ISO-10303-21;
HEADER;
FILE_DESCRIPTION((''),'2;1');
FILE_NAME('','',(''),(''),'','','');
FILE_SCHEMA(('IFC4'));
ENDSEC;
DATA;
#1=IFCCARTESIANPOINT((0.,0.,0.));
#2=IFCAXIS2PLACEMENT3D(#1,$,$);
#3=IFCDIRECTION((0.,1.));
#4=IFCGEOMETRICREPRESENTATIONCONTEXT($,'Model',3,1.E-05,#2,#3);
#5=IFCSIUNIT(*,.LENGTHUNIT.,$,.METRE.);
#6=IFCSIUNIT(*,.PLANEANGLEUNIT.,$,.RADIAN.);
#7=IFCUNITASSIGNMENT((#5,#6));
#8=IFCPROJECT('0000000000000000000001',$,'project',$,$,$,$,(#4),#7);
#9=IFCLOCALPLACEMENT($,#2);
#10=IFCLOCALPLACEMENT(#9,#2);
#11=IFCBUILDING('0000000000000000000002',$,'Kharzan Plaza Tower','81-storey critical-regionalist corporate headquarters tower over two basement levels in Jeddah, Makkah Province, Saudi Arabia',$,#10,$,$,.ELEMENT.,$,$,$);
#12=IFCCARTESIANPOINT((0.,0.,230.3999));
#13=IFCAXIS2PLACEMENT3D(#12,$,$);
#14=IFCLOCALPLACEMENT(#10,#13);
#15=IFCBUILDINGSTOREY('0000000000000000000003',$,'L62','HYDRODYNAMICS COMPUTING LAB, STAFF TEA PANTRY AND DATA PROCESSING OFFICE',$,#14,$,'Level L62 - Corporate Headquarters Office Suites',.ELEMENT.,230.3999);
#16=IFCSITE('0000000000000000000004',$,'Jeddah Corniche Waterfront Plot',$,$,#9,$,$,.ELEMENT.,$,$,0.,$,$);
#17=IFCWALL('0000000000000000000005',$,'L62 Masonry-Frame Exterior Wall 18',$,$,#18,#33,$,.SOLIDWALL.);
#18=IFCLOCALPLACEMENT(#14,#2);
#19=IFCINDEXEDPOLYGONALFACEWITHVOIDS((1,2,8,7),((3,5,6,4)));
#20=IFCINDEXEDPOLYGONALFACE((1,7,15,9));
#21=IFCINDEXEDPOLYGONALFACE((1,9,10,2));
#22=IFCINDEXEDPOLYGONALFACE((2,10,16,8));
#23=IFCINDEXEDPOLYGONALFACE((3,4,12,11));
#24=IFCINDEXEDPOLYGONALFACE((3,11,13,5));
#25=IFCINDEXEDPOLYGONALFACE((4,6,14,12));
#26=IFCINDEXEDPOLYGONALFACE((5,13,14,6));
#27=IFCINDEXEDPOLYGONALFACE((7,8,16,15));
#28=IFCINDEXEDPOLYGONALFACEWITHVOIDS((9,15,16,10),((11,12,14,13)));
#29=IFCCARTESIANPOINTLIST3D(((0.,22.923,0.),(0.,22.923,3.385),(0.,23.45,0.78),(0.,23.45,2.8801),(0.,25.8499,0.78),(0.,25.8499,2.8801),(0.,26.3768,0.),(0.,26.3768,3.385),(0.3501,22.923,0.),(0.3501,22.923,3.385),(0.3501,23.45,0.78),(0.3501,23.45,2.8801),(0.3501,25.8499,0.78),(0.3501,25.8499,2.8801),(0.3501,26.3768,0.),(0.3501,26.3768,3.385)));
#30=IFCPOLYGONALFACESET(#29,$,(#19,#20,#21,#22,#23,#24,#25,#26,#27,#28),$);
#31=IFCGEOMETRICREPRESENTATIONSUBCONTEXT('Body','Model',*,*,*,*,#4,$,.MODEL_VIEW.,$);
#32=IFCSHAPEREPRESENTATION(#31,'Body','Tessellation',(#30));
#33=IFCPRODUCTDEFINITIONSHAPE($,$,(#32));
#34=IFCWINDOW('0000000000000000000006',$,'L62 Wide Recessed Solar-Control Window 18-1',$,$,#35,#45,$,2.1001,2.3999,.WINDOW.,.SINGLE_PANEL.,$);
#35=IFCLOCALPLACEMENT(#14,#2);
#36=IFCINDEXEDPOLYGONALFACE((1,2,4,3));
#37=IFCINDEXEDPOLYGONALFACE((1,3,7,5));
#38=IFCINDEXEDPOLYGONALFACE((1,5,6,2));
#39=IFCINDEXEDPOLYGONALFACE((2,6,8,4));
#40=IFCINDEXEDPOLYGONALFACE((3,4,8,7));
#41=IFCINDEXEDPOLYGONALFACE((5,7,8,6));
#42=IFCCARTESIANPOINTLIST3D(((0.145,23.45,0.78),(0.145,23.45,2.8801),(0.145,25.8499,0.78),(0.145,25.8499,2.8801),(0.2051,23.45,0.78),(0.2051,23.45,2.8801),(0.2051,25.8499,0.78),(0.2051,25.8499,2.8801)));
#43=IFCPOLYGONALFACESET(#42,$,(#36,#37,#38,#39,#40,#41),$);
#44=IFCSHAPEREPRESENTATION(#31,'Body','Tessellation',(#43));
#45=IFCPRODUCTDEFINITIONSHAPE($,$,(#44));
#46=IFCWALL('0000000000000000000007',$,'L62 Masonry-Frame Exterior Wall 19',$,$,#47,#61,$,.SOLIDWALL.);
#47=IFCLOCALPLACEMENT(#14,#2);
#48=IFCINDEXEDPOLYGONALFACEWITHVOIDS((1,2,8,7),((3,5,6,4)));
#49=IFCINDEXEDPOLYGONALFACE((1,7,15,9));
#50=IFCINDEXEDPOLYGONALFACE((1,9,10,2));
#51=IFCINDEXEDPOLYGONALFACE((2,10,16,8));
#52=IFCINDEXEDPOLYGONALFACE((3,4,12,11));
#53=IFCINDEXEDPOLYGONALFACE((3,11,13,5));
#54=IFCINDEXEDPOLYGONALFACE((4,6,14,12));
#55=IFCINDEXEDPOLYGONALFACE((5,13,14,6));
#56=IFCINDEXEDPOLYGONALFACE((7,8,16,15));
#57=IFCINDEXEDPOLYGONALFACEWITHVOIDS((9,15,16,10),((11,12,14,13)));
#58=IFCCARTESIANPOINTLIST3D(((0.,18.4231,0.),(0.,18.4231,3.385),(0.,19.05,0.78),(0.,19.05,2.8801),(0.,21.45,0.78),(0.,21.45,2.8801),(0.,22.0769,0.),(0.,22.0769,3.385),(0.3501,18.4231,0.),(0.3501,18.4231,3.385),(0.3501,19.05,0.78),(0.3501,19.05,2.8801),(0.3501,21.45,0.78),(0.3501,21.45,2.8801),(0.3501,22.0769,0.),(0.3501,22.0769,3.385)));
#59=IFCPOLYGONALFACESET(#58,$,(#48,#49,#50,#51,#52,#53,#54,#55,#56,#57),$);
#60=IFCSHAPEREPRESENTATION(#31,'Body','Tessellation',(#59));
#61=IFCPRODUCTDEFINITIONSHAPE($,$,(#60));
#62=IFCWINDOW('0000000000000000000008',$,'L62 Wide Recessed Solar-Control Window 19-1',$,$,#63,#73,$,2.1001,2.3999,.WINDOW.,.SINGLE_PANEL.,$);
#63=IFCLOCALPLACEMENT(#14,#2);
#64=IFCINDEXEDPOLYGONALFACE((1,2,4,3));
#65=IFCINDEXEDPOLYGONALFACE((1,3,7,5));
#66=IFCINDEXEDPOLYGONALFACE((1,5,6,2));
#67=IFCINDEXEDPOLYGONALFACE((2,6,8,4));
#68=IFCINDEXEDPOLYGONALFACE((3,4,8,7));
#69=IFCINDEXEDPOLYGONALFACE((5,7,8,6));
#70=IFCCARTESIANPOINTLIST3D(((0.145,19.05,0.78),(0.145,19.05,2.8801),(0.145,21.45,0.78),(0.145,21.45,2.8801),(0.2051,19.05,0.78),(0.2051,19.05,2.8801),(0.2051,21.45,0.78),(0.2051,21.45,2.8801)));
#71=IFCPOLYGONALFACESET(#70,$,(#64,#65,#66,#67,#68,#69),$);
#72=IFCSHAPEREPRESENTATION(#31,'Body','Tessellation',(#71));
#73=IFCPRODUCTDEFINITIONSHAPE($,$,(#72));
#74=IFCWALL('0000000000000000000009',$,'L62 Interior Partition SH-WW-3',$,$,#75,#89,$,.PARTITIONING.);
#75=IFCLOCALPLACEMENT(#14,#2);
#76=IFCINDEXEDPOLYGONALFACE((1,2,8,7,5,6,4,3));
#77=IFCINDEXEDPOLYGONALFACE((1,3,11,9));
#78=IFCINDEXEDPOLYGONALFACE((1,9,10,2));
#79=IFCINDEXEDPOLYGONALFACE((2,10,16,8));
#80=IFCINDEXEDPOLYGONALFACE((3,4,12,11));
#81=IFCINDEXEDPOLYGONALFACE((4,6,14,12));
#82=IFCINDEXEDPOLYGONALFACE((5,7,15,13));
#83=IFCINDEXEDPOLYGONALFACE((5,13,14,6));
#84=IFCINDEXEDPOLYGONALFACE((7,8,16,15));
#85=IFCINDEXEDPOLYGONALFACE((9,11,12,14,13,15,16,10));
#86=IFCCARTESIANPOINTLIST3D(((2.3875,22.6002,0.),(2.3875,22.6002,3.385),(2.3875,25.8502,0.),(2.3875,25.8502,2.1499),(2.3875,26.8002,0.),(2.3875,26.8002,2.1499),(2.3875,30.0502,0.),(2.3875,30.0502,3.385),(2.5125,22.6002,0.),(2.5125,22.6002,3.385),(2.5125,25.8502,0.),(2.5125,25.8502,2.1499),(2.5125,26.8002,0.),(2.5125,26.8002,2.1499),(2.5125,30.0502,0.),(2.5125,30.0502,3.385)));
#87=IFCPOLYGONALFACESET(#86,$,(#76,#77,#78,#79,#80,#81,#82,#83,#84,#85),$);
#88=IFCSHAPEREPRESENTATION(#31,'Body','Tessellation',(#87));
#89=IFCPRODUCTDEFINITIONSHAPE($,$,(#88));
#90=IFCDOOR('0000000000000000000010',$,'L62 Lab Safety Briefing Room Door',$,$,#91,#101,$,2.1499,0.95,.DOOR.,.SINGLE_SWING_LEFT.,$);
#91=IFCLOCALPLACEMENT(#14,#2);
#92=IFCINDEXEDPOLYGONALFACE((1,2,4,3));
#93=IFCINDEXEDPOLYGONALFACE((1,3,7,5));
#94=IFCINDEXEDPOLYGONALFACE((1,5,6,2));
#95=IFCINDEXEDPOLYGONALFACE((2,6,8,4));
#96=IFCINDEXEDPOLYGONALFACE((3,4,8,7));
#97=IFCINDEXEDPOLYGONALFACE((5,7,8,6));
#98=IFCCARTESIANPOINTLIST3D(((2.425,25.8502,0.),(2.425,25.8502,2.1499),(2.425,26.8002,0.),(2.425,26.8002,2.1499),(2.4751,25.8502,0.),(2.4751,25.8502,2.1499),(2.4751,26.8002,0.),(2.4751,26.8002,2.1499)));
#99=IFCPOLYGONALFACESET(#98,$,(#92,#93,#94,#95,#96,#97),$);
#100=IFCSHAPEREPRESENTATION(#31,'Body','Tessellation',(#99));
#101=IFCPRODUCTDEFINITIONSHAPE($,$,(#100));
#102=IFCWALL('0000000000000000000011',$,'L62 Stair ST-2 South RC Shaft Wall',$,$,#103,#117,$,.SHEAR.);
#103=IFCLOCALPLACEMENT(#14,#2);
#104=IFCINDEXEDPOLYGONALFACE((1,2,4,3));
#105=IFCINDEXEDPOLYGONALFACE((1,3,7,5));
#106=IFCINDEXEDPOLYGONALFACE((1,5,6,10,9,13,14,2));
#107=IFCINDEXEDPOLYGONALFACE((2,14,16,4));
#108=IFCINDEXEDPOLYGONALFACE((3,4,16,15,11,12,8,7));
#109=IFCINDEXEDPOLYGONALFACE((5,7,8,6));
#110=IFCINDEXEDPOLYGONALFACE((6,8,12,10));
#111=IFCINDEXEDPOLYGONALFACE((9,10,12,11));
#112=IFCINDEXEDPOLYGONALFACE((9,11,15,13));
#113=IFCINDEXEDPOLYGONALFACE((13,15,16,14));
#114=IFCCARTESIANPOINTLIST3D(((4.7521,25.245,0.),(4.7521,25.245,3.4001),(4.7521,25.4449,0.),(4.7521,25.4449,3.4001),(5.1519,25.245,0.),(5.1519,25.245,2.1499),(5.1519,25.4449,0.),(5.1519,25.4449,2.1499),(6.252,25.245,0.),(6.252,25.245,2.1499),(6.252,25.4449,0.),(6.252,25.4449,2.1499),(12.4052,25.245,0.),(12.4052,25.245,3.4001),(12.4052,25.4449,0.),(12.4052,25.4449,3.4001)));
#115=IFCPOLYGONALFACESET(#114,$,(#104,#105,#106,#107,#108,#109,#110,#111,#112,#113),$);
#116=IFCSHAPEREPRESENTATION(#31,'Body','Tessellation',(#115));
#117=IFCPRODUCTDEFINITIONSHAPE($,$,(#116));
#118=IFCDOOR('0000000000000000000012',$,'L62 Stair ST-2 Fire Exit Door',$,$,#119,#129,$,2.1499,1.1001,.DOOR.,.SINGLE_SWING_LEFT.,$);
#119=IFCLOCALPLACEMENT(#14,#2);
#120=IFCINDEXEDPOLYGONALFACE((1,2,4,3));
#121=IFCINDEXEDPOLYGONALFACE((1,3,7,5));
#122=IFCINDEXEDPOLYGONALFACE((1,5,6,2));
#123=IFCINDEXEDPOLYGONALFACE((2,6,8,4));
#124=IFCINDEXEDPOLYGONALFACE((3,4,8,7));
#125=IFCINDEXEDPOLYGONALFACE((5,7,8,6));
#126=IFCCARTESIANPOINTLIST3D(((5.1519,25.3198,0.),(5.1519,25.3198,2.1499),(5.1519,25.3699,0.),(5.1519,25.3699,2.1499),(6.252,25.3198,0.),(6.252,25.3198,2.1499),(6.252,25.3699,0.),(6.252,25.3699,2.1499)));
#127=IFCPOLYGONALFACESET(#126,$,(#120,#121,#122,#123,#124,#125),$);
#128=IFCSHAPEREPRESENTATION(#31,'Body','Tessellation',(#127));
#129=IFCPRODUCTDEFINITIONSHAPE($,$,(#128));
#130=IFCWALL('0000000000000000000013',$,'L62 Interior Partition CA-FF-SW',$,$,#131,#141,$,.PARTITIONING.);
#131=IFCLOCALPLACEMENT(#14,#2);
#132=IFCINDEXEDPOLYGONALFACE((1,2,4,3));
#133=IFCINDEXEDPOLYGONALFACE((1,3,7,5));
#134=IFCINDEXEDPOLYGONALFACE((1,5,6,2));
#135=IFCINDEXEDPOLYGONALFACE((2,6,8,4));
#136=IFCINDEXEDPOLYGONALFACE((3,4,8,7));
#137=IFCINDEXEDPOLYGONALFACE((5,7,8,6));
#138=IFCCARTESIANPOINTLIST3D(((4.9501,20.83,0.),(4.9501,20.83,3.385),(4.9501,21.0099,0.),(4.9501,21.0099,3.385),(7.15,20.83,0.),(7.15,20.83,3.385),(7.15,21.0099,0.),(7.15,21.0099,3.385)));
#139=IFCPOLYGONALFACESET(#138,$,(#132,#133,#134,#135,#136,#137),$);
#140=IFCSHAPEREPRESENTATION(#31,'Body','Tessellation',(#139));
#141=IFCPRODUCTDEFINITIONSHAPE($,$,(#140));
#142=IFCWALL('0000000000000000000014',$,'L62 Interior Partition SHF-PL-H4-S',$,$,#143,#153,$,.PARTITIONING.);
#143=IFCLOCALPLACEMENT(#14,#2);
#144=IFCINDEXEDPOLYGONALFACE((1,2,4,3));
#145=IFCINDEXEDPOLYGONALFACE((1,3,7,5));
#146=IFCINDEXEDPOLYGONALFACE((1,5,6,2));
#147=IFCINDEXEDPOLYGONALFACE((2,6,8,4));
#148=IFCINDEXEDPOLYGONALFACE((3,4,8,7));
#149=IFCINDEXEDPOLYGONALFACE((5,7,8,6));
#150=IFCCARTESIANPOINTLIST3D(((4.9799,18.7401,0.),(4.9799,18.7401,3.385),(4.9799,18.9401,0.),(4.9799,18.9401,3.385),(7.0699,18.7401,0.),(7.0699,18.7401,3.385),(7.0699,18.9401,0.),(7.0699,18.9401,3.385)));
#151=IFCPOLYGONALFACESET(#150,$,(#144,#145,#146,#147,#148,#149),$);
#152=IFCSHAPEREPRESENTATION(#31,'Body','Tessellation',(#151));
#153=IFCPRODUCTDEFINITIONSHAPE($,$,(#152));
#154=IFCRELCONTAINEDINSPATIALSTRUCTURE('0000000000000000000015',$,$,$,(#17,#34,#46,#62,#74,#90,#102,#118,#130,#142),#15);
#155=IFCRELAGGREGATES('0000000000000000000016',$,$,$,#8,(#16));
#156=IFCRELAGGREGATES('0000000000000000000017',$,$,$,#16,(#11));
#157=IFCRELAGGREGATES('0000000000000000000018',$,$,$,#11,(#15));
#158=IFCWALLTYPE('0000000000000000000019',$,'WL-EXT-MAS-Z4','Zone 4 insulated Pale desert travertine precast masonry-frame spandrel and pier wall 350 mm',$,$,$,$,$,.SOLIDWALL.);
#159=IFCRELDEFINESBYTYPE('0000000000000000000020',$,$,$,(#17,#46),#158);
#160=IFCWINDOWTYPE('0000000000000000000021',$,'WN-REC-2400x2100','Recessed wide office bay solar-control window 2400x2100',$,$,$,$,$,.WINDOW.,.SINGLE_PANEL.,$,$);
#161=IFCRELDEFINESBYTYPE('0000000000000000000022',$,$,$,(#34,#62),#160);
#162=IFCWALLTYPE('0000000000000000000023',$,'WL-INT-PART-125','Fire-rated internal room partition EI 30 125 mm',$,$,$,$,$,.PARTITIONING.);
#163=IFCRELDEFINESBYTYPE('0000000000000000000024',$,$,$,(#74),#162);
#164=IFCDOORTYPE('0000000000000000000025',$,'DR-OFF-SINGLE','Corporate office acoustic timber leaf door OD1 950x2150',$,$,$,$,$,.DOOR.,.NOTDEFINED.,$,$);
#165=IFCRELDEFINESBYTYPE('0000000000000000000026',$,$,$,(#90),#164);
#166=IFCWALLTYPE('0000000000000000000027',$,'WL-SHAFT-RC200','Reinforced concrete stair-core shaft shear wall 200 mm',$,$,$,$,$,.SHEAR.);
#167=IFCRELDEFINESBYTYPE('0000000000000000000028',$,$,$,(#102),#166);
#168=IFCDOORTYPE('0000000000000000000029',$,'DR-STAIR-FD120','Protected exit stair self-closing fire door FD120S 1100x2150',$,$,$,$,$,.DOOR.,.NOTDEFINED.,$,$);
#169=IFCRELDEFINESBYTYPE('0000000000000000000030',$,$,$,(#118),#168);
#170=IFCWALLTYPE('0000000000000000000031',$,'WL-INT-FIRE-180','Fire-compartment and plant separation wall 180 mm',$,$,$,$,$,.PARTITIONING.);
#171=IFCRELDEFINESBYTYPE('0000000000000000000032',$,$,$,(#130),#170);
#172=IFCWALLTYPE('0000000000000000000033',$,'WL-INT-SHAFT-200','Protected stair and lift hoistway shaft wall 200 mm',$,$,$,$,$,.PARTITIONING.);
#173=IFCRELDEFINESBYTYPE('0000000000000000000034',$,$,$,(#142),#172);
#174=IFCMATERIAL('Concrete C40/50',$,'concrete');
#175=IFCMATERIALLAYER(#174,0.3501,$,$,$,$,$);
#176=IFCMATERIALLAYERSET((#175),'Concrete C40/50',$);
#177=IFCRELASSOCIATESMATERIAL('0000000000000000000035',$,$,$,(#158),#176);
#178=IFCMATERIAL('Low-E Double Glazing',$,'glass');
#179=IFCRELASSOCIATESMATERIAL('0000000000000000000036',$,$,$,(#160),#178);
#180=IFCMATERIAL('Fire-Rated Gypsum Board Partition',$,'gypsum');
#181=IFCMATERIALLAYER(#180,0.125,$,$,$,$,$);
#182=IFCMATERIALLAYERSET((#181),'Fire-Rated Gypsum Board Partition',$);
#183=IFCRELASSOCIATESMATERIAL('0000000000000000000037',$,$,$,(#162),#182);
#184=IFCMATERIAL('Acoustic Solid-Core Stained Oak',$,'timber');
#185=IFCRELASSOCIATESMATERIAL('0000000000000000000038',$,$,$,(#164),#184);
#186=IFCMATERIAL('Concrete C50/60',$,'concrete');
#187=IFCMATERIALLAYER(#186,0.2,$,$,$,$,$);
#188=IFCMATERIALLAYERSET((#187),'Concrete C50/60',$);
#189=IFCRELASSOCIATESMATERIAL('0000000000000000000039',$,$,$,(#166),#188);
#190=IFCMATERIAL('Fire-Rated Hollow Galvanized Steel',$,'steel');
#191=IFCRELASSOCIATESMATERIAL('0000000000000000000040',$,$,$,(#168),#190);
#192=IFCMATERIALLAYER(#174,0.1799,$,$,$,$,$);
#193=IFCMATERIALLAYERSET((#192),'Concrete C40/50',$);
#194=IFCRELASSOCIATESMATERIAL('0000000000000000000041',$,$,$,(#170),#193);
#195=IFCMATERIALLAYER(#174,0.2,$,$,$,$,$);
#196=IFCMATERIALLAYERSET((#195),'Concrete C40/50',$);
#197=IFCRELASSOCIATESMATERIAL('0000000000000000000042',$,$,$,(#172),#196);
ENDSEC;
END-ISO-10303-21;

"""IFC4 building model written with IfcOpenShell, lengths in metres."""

from ifc_helpers import new_model, si_unit, direction, frame, frame_2d, origin, place, context, subcontext, project, spatial, rectangle, extrude, source, transform, mapped, material, layer, layer_set, type_object, element, fill, save


model = new_model("IFC4")

# Units and contexts
model_context = context("Model", 3, precision=1e-05, world=origin(), true_north=direction((0.0, 1.0)))
body_context = subcontext(model_context, "Body", "Model", "MODEL_VIEW")
ifc_project = project(units=[si_unit("LENGTHUNIT", "METRE"), si_unit("PLANEANGLEUNIT", "RADIAN")], contexts=[model_context])

# Site, building, storey
site_placement = place(None, origin())
site = spatial("IfcSite", under=ifc_project, at=site_placement, Name="Jeddah Corniche Waterfront Plot", CompositionType="ELEMENT", RefElevation=0.0)
building_placement = place(site_placement, origin())
building = spatial("IfcBuilding", under=site, at=building_placement, Name="Kharzan Plaza Tower", Description="81-storey critical-regionalist corporate headquarters tower over two basement levels in Jeddah, Makkah Province, Saudi Arabia", CompositionType="ELEMENT")
storey_placement = place(building_placement, frame((0.0, 0.0, 230.3999)))
storey = spatial("IfcBuildingStorey", under=building, at=storey_placement, Name="L62", Description="HYDRODYNAMICS COMPUTING LAB, STAFF TEA PANTRY AND DATA PROCESSING OFFICE", LongName="Level L62 - Corporate Headquarters Office Suites", CompositionType="ELEMENT", Elevation=230.3999)

# Shared definitions
ifc_material_1 = material(Name="Concrete C50/60", Category="concrete")

# Walls, openings, windows
ifc_material_2 = material(Name="Concrete C40/50", Category="concrete")
ifc_layer_1 = layer(ifc_material_2, 0.3501)
ifc_layer_set_1 = layer_set([ifc_layer_1], Name="Concrete C40/50")
wall_type_1 = type_object("IfcWallType", Name="WL-EXT-MAS-Z4", Description="Zone 4 insulated Pale desert travertine precast masonry-frame spandrel and pier wall 350 mm", PredefinedType="SOLIDWALL", material=ifc_layer_set_1)
wall_1_placement = place(storey_placement, frame((0.175, 26.377, 0.0), z_axis=(0.0, 0.0, 1.0), x_axis=(0.0, -1.0, 0.0)))
wall_1 = element("IfcWall", 1, at=wall_1_placement, inside=storey, type_object=wall_type_1, Name="L62 Masonry-Frame Exterior Wall 18", PredefinedType="SOLIDWALL", context=body_context, shape_type="SweptSolid", body=[
    extrude(rectangle(XDim=3.4539, YDim=0.3501, at=frame_2d((1.7271, 0.0))), origin(), (0.0, 0.0, 1.0), 3.385),
])
opening_1_placement = place(wall_1_placement, frame((0.5271, 0.0, 0.78)))
opening_1 = element("IfcOpeningElement", 2, at=opening_1_placement, cuts=wall_1, PredefinedType="OPENING", context=body_context, shape_type="SweptSolid", body=[
    extrude(rectangle(XDim=2.3999, YDim=2.1001, at=frame_2d((1.2, 1.05))), frame((0.0, 0.1851, 0.0), z_axis=(0.0, -1.0, 0.0), x_axis=(1.0, 0.0, 0.0)), (0.0, 0.0, 1.0), 0.3701),
])
ifc_material_3 = material(Name="Low-E Double Glazing", Category="glass")
window_type = type_object("IfcWindowType", Name="WN-REC-2400x2100", Description="Recessed wide office bay solar-control window 2400x2100", PartitioningType="SINGLE_PANEL", PredefinedType="WINDOW", material=ifc_material_3)
shared_shape_1 = source(origin(), body_context, "Body", "SweptSolid", [
    extrude(rectangle(XDim=2.3999, YDim=2.1001, at=frame_2d((1.2, 1.05))), frame((0.0, 0.03, 0.0), z_axis=(0.0, -1.0, 0.0), x_axis=(1.0, 0.0, 0.0)), (0.0, 0.0, 1.0), 0.0601),
])
window_1_placement = place(opening_1_placement, origin())
window_1 = element("IfcWindow", 3, at=window_1_placement, inside=storey, type_object=window_type, Name="L62 Wide Recessed Solar-Control Window 18-1", OverallHeight=2.1001, OverallWidth=2.3999, PartitioningType="SINGLE_PANEL", PredefinedType="WINDOW", context=body_context, shape_type="MappedRepresentation", body=[
    mapped(shared_shape_1, transform((0.0, 0.0, 0.0), x_axis=(1.0, 0.0, 0.0), y_axis=(0.0, 1.0, 0.0), z_axis=(0.0, 0.0, 1.0))),
])
fill(opening_1, window_1)
wall_2_placement = place(storey_placement, frame((0.175, 22.0769, 0.0), z_axis=(0.0, 0.0, 1.0), x_axis=(0.0, -1.0, 0.0)))
wall_2 = element("IfcWall", 4, at=wall_2_placement, inside=storey, type_object=wall_type_1, Name="L62 Masonry-Frame Exterior Wall 19", PredefinedType="SOLIDWALL", context=body_context, shape_type="SweptSolid", body=[
    extrude(rectangle(XDim=3.6538, YDim=0.3501, at=frame_2d((1.8269, 0.0))), origin(), (0.0, 0.0, 1.0), 3.385),
])
opening_2_placement = place(wall_2_placement, frame((0.627, 0.0, 0.78)))
opening_2 = element("IfcOpeningElement", 5, at=opening_2_placement, cuts=wall_2, PredefinedType="OPENING", context=body_context, shape_type="SweptSolid", body=[
    extrude(rectangle(XDim=2.3999, YDim=2.1001, at=frame_2d((1.2, 1.05))), frame((0.0, 0.1851, 0.0), z_axis=(0.0, -1.0, 0.0), x_axis=(1.0, 0.0, 0.0)), (0.0, 0.0, 1.0), 0.3701),
])
window_2_placement = place(opening_2_placement, origin())
window_2 = element("IfcWindow", 6, at=window_2_placement, inside=storey, type_object=window_type, Name="L62 Wide Recessed Solar-Control Window 19-1", OverallHeight=2.1001, OverallWidth=2.3999, PartitioningType="SINGLE_PANEL", PredefinedType="WINDOW", context=body_context, shape_type="MappedRepresentation", body=[
    mapped(shared_shape_1, transform((0.0, 0.0, 0.0), x_axis=(1.0, 0.0, 0.0), y_axis=(0.0, 1.0, 0.0), z_axis=(0.0, 0.0, 1.0))),
])
fill(opening_2, window_2)

# Walls, openings, doors
ifc_material_4 = material(Name="Fire-Rated Gypsum Board Partition", Category="gypsum")
ifc_layer_2 = layer(ifc_material_4, 0.125)
ifc_layer_set_2 = layer_set([ifc_layer_2], Name="Fire-Rated Gypsum Board Partition")
wall_type_2 = type_object("IfcWallType", Name="WL-INT-PART-125", Description="Fire-rated internal room partition EI 30 125 mm", PredefinedType="PARTITIONING", material=ifc_layer_set_2)
wall_3_placement = place(storey_placement, frame((2.45, 22.6001, 0.0), z_axis=(0.0, 0.0, 1.0), x_axis=(0.0, 1.0, 0.0)))
wall_3 = element("IfcWall", 7, at=wall_3_placement, inside=storey, type_object=wall_type_2, Name="L62 Interior Partition SH-WW-3", PredefinedType="PARTITIONING", context=body_context, shape_type="SweptSolid", body=[
    extrude(rectangle(XDim=7.45, YDim=0.125, at=frame_2d((3.7251, 0.0))), origin(), (0.0, 0.0, 1.0), 3.385),
])
opening_3_placement = place(wall_3_placement, frame((3.25, 0.0, 0.0)))
opening_3 = element("IfcOpeningElement", 8, at=opening_3_placement, cuts=wall_3, PredefinedType="OPENING", context=body_context, shape_type="SweptSolid", body=[
    extrude(rectangle(XDim=0.95, YDim=2.1499, at=frame_2d((0.4751, 1.075))), frame((0.0, 0.0725, 0.0), z_axis=(0.0, -1.0, 0.0), x_axis=(1.0, 0.0, 0.0)), (0.0, 0.0, 1.0), 0.145),
])
ifc_material_5 = material(Name="Acoustic Solid-Core Stained Oak", Category="timber")
door_type_1 = type_object("IfcDoorType", Name="DR-OFF-SINGLE", Description="Corporate office acoustic timber leaf door OD1 950x2150", OperationType="NOTDEFINED", PredefinedType="DOOR", material=ifc_material_5)
shared_shape_2 = source(origin(), body_context, "Body", "SweptSolid", [
    extrude(rectangle(XDim=0.95, YDim=2.1499, at=frame_2d((0.4751, 1.075))), frame((0.0, 0.0249, 0.0), z_axis=(0.0, -1.0, 0.0), x_axis=(1.0, 0.0, 0.0)), (0.0, 0.0, 1.0), 0.05),
])
door_1_placement = place(opening_3_placement, origin())
door_1 = element("IfcDoor", 9, at=door_1_placement, inside=storey, type_object=door_type_1, Name="L62 Lab Safety Briefing Room Door", OperationType="SINGLE_SWING_LEFT", OverallHeight=2.1499, OverallWidth=0.95, PredefinedType="DOOR", context=body_context, shape_type="MappedRepresentation", body=[
    mapped(shared_shape_2, transform((0.0, 0.0, 0.0), x_axis=(1.0, 0.0, 0.0), y_axis=(0.0, 1.0, 0.0), z_axis=(0.0, 0.0, 1.0))),
])
fill(opening_3, door_1)
ifc_layer_3 = layer(ifc_material_1, 0.2)
ifc_layer_set_3 = layer_set([ifc_layer_3], Name="Concrete C50/60")
wall_type_3 = type_object("IfcWallType", Name="WL-SHAFT-RC200", Description="Reinforced concrete stair-core shaft shear wall 200 mm", PredefinedType="SHEAR", material=ifc_layer_set_3)
wall_4_placement = place(storey_placement, frame((4.752, 25.345, 0.0), z_axis=(0.0, 0.0, 1.0), x_axis=(1.0, 0.0, 0.0)))
wall_4 = element("IfcWall", 10, at=wall_4_placement, inside=storey, type_object=wall_type_3, Name="L62 Stair ST-2 South RC Shaft Wall", PredefinedType="SHEAR", context=body_context, shape_type="SweptSolid", body=[
    extrude(rectangle(XDim=7.6531, YDim=0.2, at=frame_2d((3.8267, 0.0))), origin(), (0.0, 0.0, 1.0), 3.4001),
])
opening_4_placement = place(wall_4_placement, frame((0.3999, 0.0, 0.0)))
opening_4 = element("IfcOpeningElement", 11, at=opening_4_placement, cuts=wall_4, PredefinedType="OPENING", context=body_context, shape_type="SweptSolid", body=[
    extrude(rectangle(XDim=1.1001, YDim=2.1499, at=frame_2d((0.55, 1.075))), frame((0.0, 0.1099, 0.0), z_axis=(0.0, -1.0, 0.0), x_axis=(1.0, 0.0, 0.0)), (0.0, 0.0, 1.0), 0.22),
])
ifc_material_6 = material(Name="Fire-Rated Hollow Galvanized Steel", Category="steel")
door_type_2 = type_object("IfcDoorType", Name="DR-STAIR-FD120", Description="Protected exit stair self-closing fire door FD120S 1100x2150", OperationType="NOTDEFINED", PredefinedType="DOOR", material=ifc_material_6)
shared_shape_3 = source(origin(), body_context, "Body", "SweptSolid", [
    extrude(rectangle(XDim=1.1001, YDim=2.1499, at=frame_2d((0.55, 1.075))), frame((0.0, 0.0249, 0.0), z_axis=(0.0, -1.0, 0.0), x_axis=(1.0, 0.0, 0.0)), (0.0, 0.0, 1.0), 0.05),
])
door_2_placement = place(opening_4_placement, origin())
door_2 = element("IfcDoor", 12, at=door_2_placement, inside=storey, type_object=door_type_2, Name="L62 Stair ST-2 Fire Exit Door", OperationType="SINGLE_SWING_LEFT", OverallHeight=2.1499, OverallWidth=1.1001, PredefinedType="DOOR", context=body_context, shape_type="MappedRepresentation", body=[
    mapped(shared_shape_3, transform((0.0, 0.0, 0.0), x_axis=(1.0, 0.0, 0.0), y_axis=(0.0, 1.0, 0.0), z_axis=(0.0, 0.0, 1.0))),
])
fill(opening_4, door_2)

# Walls
ifc_layer_4 = layer(ifc_material_2, 0.1799)
ifc_layer_set_4 = layer_set([ifc_layer_4], Name="Concrete C40/50")
wall_type_4 = type_object("IfcWallType", Name="WL-INT-FIRE-180", Description="Fire-compartment and plant separation wall 180 mm", PredefinedType="PARTITIONING", material=ifc_layer_set_4)
shared_shape_4 = source(origin(), body_context, "Body", "SweptSolid", [
    extrude(rectangle(XDim=2.2, YDim=0.1799, at=frame_2d((1.1001, 0.0))), origin(), (0.0, 0.0, 1.0), 3.385),
])
wall_5_placement = place(storey_placement, frame((4.95, 20.9199, 0.0), z_axis=(0.0, 0.0, 1.0), x_axis=(1.0, 0.0, 0.0)))
element("IfcWall", 13, at=wall_5_placement, inside=storey, type_object=wall_type_4, Name="L62 Interior Partition CA-FF-SW", PredefinedType="PARTITIONING", context=body_context, shape_type="MappedRepresentation", body=[
    mapped(shared_shape_4, transform((0.0, 0.0, 0.0), x_axis=(1.0, 0.0, 0.0), y_axis=(0.0, 1.0, 0.0), z_axis=(0.0, 0.0, 1.0))),
])
ifc_layer_5 = layer(ifc_material_2, 0.2)
ifc_layer_set_5 = layer_set([ifc_layer_5], Name="Concrete C40/50")
wall_type_5 = type_object("IfcWallType", Name="WL-INT-SHAFT-200", Description="Protected stair and lift hoistway shaft wall 200 mm", PredefinedType="PARTITIONING", material=ifc_layer_set_5)
shared_shape_5 = source(origin(), body_context, "Body", "SweptSolid", [
    extrude(rectangle(XDim=2.0901, YDim=0.2, at=frame_2d((1.0449, 0.0))), origin(), (0.0, 0.0, 1.0), 3.385),
])
wall_6_placement = place(storey_placement, frame((4.98, 18.8401, 0.0), z_axis=(0.0, 0.0, 1.0), x_axis=(1.0, 0.0, 0.0)))
element("IfcWall", 14, at=wall_6_placement, inside=storey, type_object=wall_type_5, Name="L62 Interior Partition SHF-PL-H4-S", PredefinedType="PARTITIONING", context=body_context, shape_type="MappedRepresentation", body=[
    mapped(shared_shape_5, transform((0.0, 0.0, 0.0), x_axis=(1.0, 0.0, 0.0), y_axis=(0.0, 1.0, 0.0), z_axis=(0.0, 0.0, 1.0))),
])

save(model, "model.ifc")
